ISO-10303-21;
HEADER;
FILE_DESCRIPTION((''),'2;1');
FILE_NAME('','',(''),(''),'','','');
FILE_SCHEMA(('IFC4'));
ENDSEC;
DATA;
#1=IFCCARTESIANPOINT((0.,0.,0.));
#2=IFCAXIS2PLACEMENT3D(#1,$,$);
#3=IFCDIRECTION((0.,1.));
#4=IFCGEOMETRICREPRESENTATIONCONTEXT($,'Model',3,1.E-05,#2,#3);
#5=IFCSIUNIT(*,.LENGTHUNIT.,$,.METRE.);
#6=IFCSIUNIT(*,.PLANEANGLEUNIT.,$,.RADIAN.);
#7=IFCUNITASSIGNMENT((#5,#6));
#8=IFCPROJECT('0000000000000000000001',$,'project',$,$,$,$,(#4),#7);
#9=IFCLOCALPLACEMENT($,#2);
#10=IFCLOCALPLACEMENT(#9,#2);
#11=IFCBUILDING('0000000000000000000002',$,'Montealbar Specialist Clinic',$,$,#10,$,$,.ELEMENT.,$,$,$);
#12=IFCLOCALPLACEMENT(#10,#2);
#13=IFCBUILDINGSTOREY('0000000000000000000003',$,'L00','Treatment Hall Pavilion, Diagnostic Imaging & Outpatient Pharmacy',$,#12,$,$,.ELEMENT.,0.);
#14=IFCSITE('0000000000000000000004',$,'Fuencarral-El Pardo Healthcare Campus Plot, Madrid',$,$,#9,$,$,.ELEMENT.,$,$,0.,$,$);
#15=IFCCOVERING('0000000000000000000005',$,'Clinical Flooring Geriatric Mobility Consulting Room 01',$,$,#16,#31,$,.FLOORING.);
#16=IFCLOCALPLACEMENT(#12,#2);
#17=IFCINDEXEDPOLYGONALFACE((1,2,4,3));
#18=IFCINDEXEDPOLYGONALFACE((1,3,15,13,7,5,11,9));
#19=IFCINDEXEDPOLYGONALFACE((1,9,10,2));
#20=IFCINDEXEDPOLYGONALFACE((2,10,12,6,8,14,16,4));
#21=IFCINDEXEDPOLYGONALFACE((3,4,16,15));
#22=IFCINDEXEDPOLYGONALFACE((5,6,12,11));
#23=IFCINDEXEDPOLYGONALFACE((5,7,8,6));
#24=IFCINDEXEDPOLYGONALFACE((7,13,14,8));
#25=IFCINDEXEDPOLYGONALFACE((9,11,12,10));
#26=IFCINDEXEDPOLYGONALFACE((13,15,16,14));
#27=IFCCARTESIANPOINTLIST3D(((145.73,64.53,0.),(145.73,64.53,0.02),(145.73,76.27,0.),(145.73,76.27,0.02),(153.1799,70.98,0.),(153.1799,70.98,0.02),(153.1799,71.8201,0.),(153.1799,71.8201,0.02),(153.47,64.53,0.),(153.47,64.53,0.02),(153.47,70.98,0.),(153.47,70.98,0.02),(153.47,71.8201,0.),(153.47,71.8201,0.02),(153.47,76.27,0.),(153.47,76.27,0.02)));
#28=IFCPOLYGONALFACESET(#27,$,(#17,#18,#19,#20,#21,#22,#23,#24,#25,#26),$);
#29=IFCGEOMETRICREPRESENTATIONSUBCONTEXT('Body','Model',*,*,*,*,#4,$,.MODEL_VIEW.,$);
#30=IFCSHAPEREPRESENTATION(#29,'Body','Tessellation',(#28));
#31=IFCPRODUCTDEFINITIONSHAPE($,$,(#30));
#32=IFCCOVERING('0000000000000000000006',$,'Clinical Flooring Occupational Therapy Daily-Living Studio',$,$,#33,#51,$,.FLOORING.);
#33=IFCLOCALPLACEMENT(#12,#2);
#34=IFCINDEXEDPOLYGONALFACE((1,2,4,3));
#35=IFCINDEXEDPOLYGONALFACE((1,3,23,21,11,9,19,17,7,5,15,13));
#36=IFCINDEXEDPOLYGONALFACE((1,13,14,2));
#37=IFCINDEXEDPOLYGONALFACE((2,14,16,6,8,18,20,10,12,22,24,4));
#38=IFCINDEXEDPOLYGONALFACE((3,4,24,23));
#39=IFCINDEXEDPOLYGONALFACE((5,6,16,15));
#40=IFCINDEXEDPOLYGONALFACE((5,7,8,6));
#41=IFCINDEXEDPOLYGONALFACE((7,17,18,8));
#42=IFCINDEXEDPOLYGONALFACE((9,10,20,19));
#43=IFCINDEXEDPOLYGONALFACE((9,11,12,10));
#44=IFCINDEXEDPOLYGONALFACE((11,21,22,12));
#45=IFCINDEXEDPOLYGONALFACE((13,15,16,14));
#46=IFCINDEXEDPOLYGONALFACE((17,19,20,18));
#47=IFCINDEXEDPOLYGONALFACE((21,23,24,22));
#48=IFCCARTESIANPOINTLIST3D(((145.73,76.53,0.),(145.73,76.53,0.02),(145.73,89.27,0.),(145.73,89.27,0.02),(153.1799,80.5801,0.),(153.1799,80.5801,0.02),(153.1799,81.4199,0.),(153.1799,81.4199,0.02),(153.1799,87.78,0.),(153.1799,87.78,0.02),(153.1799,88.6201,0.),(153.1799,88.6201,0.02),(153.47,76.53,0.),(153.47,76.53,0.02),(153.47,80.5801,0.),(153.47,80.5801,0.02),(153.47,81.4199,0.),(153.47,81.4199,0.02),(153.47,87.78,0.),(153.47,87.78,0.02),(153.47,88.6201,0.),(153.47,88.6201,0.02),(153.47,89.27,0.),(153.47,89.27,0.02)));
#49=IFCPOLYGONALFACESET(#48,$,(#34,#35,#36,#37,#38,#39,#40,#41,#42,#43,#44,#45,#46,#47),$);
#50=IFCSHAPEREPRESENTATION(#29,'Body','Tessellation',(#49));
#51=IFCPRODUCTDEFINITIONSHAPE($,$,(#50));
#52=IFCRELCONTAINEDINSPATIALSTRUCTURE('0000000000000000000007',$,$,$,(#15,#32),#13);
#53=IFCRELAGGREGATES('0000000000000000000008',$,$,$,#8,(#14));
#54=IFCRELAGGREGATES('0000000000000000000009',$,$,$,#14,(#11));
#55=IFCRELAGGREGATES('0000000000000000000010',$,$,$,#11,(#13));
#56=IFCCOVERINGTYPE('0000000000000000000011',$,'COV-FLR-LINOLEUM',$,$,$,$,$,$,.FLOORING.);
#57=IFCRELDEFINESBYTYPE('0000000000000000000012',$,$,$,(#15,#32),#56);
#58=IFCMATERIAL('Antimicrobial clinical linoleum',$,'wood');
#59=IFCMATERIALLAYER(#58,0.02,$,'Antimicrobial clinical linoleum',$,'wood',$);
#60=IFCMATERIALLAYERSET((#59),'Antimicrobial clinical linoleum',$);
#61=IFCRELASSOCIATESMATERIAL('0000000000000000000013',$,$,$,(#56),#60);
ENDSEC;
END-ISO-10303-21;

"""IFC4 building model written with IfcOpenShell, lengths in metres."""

from ifc_helpers import new_model, si_unit, direction, origin, place, context, subcontext, project, spatial, polyline, outline, extrude, material, layer, layer_set, type_object, element, save


model = new_model("IFC4")

# Units and contexts
model_context = context("Model", 3, precision=1e-05, world=origin(), true_north=direction((0.0, 1.0)))
body_context = subcontext(model_context, "Body", "Model", "MODEL_VIEW")
ifc_project = project(units=[si_unit("LENGTHUNIT", "METRE"), si_unit("PLANEANGLEUNIT", "RADIAN")], contexts=[model_context])

# Site, building, storey
site_placement = place(None, origin())
site = spatial("IfcSite", under=ifc_project, at=site_placement, Name="Fuencarral-El Pardo Healthcare Campus Plot, Madrid", CompositionType="ELEMENT", RefElevation=0.0)
building_placement = place(site_placement, origin())
building = spatial("IfcBuilding", under=site, at=building_placement, Name="Montealbar Specialist Clinic", CompositionType="ELEMENT")
storey_placement = place(building_placement, origin())
storey = spatial("IfcBuildingStorey", under=building, at=storey_placement, Name="L00", Description="Treatment Hall Pavilion, Diagnostic Imaging & Outpatient Pharmacy", CompositionType="ELEMENT", Elevation=0.0)

# Coverings
ifc_material_1 = material(Name="Antimicrobial clinical linoleum", Category="wood")
ifc_layer_1 = layer(ifc_material_1, 0.02, Name="Antimicrobial clinical linoleum", Category="wood")
ifc_layer_set_1 = layer_set([ifc_layer_1], Name="Antimicrobial clinical linoleum")
covering_type_1 = type_object("IfcCoveringType", Name="COV-FLR-LINOLEUM", PredefinedType="FLOORING", material=ifc_layer_set_1)
covering_1_placement = place(storey_placement, origin())
element("IfcCovering", 1, at=covering_1_placement, inside=storey, type_object=covering_type_1, Name="Clinical Flooring Geriatric Mobility Consulting Room 01", PredefinedType="FLOORING", context=body_context, shape_type="SweptSolid", body=[
    extrude(outline(polyline([(145.73, 76.27), (153.47, 76.27), (153.47, 71.8201), (153.1799, 71.8201), (153.1799, 70.98), (153.47, 70.98), (153.47, 64.53), (145.73, 64.53), (145.73, 76.27)])), origin(), (0.0, 0.0, 1.0), 0.02),
])
covering_2_placement = place(storey_placement, origin())
element("IfcCovering", 2, at=covering_2_placement, inside=storey, type_object=covering_type_1, Name="Clinical Flooring Occupational Therapy Daily-Living Studio", PredefinedType="FLOORING", context=body_context, shape_type="SweptSolid", body=[
    extrude(outline(polyline([(145.73, 89.27), (153.47, 89.27), (153.47, 88.6201), (153.1799, 88.6201), (153.1799, 87.78), (153.47, 87.78), (153.47, 81.4199), (153.1799, 81.4199), (153.1799, 80.5801), (153.47, 80.5801), (153.47, 76.53), (145.73, 76.53), (145.73, 89.27)])), origin(), (0.0, 0.0, 1.0), 0.02),
])

save(model, "model.ifc")
